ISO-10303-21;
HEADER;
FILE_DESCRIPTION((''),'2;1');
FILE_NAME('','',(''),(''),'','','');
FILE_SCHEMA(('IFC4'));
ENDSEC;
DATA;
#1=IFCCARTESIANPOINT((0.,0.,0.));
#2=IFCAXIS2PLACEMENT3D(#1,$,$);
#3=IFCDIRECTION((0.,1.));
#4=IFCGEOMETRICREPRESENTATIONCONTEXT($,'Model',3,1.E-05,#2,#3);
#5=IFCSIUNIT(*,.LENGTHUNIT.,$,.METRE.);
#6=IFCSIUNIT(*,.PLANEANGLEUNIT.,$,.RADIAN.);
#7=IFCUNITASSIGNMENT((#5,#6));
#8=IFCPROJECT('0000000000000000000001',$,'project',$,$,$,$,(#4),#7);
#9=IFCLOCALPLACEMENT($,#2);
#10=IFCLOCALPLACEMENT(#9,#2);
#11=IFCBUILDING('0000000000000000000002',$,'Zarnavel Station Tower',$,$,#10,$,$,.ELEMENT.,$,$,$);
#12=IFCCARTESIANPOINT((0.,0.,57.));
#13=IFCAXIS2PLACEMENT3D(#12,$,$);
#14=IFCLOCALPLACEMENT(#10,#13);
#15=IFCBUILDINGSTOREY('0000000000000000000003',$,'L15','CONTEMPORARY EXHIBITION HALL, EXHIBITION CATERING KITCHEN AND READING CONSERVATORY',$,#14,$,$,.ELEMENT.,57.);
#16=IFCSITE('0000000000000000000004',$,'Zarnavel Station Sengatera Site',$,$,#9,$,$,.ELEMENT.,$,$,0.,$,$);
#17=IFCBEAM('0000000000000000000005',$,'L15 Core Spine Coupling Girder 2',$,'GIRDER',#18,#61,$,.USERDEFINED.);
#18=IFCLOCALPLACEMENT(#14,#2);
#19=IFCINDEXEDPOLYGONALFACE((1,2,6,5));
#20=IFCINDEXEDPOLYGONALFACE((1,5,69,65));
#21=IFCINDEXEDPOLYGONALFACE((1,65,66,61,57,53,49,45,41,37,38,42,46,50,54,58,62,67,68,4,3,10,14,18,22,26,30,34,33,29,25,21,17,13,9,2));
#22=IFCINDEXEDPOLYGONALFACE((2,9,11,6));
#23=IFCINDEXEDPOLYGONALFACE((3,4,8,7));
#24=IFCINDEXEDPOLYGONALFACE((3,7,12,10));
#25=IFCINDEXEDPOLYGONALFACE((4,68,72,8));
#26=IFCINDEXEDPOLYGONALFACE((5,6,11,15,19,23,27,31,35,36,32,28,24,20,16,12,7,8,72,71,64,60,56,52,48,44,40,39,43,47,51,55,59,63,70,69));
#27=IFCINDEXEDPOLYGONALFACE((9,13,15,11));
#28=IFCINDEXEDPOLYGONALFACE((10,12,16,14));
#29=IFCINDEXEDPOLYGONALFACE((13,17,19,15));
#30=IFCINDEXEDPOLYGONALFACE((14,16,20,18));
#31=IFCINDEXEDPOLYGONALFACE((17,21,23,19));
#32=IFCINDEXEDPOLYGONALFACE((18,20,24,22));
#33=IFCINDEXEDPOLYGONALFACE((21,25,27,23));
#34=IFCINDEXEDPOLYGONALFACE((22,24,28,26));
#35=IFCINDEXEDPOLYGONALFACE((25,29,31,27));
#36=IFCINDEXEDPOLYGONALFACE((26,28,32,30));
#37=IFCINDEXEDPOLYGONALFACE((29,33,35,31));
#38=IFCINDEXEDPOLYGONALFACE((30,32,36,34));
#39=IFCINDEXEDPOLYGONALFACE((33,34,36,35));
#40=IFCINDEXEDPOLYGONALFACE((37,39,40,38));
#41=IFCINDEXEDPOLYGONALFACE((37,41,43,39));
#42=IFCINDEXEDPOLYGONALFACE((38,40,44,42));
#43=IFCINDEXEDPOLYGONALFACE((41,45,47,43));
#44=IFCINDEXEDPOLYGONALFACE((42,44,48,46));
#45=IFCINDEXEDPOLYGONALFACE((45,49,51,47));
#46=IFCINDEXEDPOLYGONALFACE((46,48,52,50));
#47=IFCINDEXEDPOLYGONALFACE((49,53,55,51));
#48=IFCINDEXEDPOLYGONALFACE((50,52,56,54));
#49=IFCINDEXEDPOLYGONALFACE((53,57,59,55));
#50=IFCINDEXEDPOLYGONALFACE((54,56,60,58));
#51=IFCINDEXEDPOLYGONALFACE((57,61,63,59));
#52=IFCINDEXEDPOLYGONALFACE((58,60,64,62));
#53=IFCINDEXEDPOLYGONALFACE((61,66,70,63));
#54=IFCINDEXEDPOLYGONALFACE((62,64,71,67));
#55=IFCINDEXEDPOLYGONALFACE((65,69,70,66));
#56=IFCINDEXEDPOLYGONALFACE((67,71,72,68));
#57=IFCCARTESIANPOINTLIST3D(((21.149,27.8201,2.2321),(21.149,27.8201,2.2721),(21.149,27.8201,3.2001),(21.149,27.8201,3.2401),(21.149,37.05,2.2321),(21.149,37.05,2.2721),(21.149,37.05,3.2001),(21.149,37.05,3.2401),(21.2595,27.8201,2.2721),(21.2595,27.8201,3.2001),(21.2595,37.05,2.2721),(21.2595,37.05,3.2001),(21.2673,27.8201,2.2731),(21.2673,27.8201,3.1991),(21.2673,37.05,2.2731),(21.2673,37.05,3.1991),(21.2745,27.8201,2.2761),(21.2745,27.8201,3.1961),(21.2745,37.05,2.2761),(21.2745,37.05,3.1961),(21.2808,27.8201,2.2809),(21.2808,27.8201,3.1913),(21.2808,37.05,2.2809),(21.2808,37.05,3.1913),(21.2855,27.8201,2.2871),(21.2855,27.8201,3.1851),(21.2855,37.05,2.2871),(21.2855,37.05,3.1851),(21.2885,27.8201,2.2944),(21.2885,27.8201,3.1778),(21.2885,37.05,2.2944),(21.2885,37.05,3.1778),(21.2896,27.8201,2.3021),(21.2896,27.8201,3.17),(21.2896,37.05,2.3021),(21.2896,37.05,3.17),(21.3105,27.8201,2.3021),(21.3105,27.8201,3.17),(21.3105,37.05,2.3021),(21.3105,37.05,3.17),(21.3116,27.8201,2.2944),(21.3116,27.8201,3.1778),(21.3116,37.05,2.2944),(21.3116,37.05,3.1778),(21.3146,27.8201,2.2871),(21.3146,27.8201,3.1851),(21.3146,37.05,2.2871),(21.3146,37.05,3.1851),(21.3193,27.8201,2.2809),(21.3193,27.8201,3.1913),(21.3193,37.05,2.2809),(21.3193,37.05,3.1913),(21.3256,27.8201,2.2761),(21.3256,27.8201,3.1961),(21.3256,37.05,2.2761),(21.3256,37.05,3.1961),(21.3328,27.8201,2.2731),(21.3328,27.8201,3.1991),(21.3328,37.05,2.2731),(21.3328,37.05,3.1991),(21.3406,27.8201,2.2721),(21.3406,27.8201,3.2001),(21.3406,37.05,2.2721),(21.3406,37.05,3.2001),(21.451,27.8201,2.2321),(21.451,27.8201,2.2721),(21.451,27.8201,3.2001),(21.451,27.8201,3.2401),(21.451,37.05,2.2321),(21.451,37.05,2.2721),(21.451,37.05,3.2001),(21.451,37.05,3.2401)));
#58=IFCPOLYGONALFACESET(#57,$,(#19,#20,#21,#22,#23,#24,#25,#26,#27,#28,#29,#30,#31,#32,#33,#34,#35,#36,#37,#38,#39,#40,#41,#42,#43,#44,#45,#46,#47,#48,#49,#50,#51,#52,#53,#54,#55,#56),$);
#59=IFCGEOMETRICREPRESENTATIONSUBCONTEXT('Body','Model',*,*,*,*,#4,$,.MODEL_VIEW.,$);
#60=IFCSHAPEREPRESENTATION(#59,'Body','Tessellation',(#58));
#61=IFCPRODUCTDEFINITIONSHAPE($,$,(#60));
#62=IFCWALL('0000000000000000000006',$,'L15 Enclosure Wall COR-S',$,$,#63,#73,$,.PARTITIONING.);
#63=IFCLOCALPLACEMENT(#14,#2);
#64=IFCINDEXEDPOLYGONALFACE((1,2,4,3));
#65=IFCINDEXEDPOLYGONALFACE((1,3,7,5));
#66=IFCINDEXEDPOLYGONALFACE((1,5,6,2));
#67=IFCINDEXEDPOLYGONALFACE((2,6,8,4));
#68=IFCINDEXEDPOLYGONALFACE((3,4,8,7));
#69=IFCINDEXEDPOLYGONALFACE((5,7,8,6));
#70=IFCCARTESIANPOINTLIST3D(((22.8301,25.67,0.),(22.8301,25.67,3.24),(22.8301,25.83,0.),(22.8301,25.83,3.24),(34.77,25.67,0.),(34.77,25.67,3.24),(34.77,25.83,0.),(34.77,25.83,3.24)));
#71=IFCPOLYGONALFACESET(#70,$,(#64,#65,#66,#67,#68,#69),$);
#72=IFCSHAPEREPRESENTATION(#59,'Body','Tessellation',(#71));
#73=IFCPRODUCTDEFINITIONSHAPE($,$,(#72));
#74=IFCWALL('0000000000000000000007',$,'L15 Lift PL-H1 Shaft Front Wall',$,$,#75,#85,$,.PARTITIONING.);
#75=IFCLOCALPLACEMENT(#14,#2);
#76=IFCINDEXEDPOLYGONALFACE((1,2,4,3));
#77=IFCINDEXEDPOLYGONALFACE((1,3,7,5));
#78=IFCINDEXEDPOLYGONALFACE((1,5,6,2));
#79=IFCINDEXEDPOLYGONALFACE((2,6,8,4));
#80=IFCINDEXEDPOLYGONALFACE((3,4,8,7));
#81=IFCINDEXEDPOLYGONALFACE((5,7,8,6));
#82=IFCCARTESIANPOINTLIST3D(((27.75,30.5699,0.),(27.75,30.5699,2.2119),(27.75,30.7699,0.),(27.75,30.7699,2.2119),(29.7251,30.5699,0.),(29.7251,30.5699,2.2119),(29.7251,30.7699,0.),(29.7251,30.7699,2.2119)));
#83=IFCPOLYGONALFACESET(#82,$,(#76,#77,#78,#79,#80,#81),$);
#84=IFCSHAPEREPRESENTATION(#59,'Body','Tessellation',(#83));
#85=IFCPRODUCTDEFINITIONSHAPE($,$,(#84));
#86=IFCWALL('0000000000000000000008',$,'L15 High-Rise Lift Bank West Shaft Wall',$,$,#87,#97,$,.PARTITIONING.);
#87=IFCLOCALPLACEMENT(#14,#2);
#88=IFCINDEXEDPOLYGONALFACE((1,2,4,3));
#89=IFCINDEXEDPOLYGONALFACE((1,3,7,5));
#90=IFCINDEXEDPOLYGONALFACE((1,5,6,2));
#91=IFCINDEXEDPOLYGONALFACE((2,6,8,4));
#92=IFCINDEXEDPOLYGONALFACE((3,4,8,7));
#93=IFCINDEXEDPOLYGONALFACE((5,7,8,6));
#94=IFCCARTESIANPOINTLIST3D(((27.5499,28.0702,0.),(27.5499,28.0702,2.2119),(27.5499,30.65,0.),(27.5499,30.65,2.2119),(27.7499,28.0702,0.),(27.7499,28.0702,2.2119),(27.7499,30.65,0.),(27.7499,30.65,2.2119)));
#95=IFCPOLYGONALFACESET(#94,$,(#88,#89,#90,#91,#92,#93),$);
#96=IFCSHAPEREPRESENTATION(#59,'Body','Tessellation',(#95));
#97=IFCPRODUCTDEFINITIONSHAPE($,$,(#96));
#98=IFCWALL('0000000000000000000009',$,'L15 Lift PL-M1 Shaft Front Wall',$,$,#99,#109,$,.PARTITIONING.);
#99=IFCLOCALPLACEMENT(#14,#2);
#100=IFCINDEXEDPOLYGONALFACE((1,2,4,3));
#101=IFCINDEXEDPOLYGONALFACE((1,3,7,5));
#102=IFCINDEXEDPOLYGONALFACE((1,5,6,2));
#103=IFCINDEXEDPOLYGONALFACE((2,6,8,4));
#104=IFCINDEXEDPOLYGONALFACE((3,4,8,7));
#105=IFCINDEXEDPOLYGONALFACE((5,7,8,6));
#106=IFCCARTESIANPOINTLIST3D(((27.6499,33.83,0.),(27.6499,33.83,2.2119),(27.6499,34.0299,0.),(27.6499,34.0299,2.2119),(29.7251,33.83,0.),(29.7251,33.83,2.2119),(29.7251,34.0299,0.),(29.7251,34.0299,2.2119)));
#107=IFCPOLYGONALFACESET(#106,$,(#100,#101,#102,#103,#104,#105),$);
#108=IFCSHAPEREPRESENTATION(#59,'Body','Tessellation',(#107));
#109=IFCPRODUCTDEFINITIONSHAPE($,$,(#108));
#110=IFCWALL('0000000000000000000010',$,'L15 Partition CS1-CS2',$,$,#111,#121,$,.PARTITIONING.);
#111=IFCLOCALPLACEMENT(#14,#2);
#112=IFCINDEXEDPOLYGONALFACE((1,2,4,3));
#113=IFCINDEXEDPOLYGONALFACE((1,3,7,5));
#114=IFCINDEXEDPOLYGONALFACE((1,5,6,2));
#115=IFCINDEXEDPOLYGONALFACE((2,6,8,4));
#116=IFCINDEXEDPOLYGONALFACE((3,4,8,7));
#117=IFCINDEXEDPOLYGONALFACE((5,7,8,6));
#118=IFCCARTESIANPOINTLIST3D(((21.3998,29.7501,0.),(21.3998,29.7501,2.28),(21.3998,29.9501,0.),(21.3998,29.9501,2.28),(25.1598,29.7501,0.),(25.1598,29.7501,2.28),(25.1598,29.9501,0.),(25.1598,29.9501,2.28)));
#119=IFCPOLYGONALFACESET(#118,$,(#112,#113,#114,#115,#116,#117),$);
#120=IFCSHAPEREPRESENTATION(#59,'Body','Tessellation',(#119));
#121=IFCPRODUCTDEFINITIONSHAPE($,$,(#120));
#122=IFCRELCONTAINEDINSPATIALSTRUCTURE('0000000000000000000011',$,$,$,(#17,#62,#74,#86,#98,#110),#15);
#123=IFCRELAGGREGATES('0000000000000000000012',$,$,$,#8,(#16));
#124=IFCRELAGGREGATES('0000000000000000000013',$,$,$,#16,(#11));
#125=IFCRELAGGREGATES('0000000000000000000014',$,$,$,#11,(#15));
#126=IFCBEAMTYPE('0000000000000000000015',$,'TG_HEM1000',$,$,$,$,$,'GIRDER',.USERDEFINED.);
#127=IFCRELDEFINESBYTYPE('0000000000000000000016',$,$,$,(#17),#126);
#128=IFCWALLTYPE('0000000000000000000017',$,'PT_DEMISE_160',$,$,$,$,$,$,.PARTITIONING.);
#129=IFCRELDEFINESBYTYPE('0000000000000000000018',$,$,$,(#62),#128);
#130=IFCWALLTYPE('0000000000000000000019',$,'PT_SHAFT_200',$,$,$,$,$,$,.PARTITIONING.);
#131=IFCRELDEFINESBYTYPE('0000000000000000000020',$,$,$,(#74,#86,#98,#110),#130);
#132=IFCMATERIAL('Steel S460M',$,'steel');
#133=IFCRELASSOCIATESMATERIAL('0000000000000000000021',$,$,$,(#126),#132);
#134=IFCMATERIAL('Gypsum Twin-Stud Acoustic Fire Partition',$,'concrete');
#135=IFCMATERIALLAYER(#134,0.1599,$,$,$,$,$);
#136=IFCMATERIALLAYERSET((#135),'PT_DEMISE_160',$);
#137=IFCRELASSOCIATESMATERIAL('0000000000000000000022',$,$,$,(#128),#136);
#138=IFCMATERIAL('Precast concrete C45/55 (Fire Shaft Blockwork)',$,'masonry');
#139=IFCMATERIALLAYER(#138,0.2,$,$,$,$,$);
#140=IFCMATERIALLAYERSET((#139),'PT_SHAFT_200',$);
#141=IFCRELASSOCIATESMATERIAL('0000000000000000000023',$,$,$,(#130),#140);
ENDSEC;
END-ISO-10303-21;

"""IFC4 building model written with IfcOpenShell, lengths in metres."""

from ifc_helpers import new_model, si_unit, direction, frame, frame_2d, origin, origin_2d, place, context, subcontext, project, spatial, rectangle, i_section, extrude, material, layer, layer_set, material_profile, profile_set, type_object, element, save


model = new_model("IFC4")

# Units and contexts
model_context = context("Model", 3, precision=1e-05, world=origin(), true_north=direction((0.0, 1.0)))
body_context = subcontext(model_context, "Body", "Model", "MODEL_VIEW")
ifc_project = project(units=[si_unit("LENGTHUNIT", "METRE"), si_unit("PLANEANGLEUNIT", "RADIAN")], contexts=[model_context])

# Site, building, storey
site_placement = place(None, origin())
site = spatial("IfcSite", under=ifc_project, at=site_placement, Name="Zarnavel Station Sengatera Site", CompositionType="ELEMENT", RefElevation=0.0)
building_placement = place(site_placement, origin())
building = spatial("IfcBuilding", under=site, at=building_placement, Name="Zarnavel Station Tower", CompositionType="ELEMENT")
storey_placement = place(building_placement, frame((0.0, 0.0, 57.0)))
storey = spatial("IfcBuildingStorey", under=building, at=storey_placement, Name="L15", Description="CONTEMPORARY EXHIBITION HALL, EXHIBITION CATERING KITCHEN AND READING CONSERVATORY", CompositionType="ELEMENT", Elevation=57.0)

# Beam
ifc_material_1 = material(Name="Steel S460M", Category="steel")
ifc_material_profile_1 = material_profile(ifc_material_1, i_section(OverallWidth=0.302, OverallDepth=1.0081, WebThickness=0.021, FlangeThickness=0.04, FilletRadius=0.03, at=origin_2d()), Name="HEM1000")
ifc_profile_set_1 = profile_set([ifc_material_profile_1], Name="Steel S460M")
beam_type_1 = type_object("IfcBeamType", Name="TG_HEM1000", ElementType="GIRDER", PredefinedType="USERDEFINED", material=ifc_profile_set_1)
beam_1_placement = place(storey_placement, frame((21.3, 27.8201, 2.7361), z_axis=(0.0, 1.0, 0.0), x_axis=(-1.0, 0.0, 0.0)))
element("IfcBeam", 1, at=beam_1_placement, inside=storey, type_object=beam_type_1, Name="L15 Core Spine Coupling Girder 2", ObjectType="GIRDER", PredefinedType="USERDEFINED", context=body_context, shape_type="SweptSolid", body=[
    extrude(i_section(OverallWidth=0.302, OverallDepth=1.0081, WebThickness=0.021, FlangeThickness=0.04, FilletRadius=0.03, at=origin_2d()), origin(), (0.0, 0.0, 1.0), 9.23),
])

# Walls
ifc_material_2 = material(Name="Gypsum Twin-Stud Acoustic Fire Partition", Category="concrete")
ifc_layer_1 = layer(ifc_material_2, 0.1599)
ifc_layer_set_1 = layer_set([ifc_layer_1], Name="PT_DEMISE_160")
wall_type_1 = type_object("IfcWallType", Name="PT_DEMISE_160", PredefinedType="PARTITIONING", material=ifc_layer_set_1)
wall_1_placement = place(storey_placement, frame((22.8301, 25.75, 0.0), z_axis=(0.0, 0.0, 1.0), x_axis=(1.0, 0.0, 0.0)))
element("IfcWall", 2, at=wall_1_placement, inside=storey, type_object=wall_type_1, Name="L15 Enclosure Wall COR-S", PredefinedType="PARTITIONING", context=body_context, shape_type="SweptSolid", body=[
    extrude(rectangle(XDim=11.9399, YDim=0.1599, at=frame_2d((5.97, 0.0))), origin(), (0.0, 0.0, 1.0), 3.24),
])
ifc_material_3 = material(Name="Precast concrete C45/55 (Fire Shaft Blockwork)", Category="masonry")
ifc_layer_2 = layer(ifc_material_3, 0.2)
ifc_layer_set_2 = layer_set([ifc_layer_2], Name="PT_SHAFT_200")
wall_type_2 = type_object("IfcWallType", Name="PT_SHAFT_200", PredefinedType="PARTITIONING", material=ifc_layer_set_2)
wall_2_placement = place(storey_placement, frame((27.75, 30.6699, 0.0), z_axis=(0.0, 0.0, 1.0), x_axis=(1.0, 0.0, 0.0)))
element("IfcWall", 3, at=wall_2_placement, inside=storey, type_object=wall_type_2, Name="L15 Lift PL-H1 Shaft Front Wall", PredefinedType="PARTITIONING", context=body_context, shape_type="SweptSolid", body=[
    extrude(rectangle(XDim=1.9751, YDim=0.2, at=frame_2d((0.9875, 0.0))), origin(), (0.0, 0.0, 1.0), 2.2119),
])
wall_3_placement = place(storey_placement, frame((27.6499, 28.0701, 0.0), z_axis=(0.0, 0.0, 1.0), x_axis=(0.0, 1.0, 0.0)))
element("IfcWall", 4, at=wall_3_placement, inside=storey, type_object=wall_type_2, Name="L15 High-Rise Lift Bank West Shaft Wall", PredefinedType="PARTITIONING", context=body_context, shape_type="SweptSolid", body=[
    extrude(rectangle(XDim=2.5798, YDim=0.2, at=frame_2d((1.29, 0.0))), origin(), (0.0, 0.0, 1.0), 2.2119),
])

# Wall
wall_4_placement = place(storey_placement, frame((27.6499, 33.9299, 0.0), z_axis=(0.0, 0.0, 1.0), x_axis=(1.0, 0.0, 0.0)))
element("IfcWall", 5, at=wall_4_placement, inside=storey, type_object=wall_type_2, Name="L15 Lift PL-M1 Shaft Front Wall", PredefinedType="PARTITIONING", context=body_context, shape_type="SweptSolid", body=[
    extrude(rectangle(XDim=2.0752, YDim=0.2, at=frame_2d((1.0376, 0.0))), origin(), (0.0, 0.0, 1.0), 2.2119),
])

# Wall
wall_5_placement = place(storey_placement, frame((21.3999, 29.8501, 0.0), z_axis=(0.0, 0.0, 1.0), x_axis=(1.0, 0.0, 0.0)))
element("IfcWall", 6, at=wall_5_placement, inside=storey, type_object=wall_type_2, Name="L15 Partition CS1-CS2", PredefinedType="PARTITIONING", context=body_context, shape_type="SweptSolid", body=[
    extrude(rectangle(XDim=3.76, YDim=0.2, at=frame_2d((1.8799, 0.0))), origin(), (0.0, 0.0, 1.0), 2.28),
])

save(model, "model.ifc")
